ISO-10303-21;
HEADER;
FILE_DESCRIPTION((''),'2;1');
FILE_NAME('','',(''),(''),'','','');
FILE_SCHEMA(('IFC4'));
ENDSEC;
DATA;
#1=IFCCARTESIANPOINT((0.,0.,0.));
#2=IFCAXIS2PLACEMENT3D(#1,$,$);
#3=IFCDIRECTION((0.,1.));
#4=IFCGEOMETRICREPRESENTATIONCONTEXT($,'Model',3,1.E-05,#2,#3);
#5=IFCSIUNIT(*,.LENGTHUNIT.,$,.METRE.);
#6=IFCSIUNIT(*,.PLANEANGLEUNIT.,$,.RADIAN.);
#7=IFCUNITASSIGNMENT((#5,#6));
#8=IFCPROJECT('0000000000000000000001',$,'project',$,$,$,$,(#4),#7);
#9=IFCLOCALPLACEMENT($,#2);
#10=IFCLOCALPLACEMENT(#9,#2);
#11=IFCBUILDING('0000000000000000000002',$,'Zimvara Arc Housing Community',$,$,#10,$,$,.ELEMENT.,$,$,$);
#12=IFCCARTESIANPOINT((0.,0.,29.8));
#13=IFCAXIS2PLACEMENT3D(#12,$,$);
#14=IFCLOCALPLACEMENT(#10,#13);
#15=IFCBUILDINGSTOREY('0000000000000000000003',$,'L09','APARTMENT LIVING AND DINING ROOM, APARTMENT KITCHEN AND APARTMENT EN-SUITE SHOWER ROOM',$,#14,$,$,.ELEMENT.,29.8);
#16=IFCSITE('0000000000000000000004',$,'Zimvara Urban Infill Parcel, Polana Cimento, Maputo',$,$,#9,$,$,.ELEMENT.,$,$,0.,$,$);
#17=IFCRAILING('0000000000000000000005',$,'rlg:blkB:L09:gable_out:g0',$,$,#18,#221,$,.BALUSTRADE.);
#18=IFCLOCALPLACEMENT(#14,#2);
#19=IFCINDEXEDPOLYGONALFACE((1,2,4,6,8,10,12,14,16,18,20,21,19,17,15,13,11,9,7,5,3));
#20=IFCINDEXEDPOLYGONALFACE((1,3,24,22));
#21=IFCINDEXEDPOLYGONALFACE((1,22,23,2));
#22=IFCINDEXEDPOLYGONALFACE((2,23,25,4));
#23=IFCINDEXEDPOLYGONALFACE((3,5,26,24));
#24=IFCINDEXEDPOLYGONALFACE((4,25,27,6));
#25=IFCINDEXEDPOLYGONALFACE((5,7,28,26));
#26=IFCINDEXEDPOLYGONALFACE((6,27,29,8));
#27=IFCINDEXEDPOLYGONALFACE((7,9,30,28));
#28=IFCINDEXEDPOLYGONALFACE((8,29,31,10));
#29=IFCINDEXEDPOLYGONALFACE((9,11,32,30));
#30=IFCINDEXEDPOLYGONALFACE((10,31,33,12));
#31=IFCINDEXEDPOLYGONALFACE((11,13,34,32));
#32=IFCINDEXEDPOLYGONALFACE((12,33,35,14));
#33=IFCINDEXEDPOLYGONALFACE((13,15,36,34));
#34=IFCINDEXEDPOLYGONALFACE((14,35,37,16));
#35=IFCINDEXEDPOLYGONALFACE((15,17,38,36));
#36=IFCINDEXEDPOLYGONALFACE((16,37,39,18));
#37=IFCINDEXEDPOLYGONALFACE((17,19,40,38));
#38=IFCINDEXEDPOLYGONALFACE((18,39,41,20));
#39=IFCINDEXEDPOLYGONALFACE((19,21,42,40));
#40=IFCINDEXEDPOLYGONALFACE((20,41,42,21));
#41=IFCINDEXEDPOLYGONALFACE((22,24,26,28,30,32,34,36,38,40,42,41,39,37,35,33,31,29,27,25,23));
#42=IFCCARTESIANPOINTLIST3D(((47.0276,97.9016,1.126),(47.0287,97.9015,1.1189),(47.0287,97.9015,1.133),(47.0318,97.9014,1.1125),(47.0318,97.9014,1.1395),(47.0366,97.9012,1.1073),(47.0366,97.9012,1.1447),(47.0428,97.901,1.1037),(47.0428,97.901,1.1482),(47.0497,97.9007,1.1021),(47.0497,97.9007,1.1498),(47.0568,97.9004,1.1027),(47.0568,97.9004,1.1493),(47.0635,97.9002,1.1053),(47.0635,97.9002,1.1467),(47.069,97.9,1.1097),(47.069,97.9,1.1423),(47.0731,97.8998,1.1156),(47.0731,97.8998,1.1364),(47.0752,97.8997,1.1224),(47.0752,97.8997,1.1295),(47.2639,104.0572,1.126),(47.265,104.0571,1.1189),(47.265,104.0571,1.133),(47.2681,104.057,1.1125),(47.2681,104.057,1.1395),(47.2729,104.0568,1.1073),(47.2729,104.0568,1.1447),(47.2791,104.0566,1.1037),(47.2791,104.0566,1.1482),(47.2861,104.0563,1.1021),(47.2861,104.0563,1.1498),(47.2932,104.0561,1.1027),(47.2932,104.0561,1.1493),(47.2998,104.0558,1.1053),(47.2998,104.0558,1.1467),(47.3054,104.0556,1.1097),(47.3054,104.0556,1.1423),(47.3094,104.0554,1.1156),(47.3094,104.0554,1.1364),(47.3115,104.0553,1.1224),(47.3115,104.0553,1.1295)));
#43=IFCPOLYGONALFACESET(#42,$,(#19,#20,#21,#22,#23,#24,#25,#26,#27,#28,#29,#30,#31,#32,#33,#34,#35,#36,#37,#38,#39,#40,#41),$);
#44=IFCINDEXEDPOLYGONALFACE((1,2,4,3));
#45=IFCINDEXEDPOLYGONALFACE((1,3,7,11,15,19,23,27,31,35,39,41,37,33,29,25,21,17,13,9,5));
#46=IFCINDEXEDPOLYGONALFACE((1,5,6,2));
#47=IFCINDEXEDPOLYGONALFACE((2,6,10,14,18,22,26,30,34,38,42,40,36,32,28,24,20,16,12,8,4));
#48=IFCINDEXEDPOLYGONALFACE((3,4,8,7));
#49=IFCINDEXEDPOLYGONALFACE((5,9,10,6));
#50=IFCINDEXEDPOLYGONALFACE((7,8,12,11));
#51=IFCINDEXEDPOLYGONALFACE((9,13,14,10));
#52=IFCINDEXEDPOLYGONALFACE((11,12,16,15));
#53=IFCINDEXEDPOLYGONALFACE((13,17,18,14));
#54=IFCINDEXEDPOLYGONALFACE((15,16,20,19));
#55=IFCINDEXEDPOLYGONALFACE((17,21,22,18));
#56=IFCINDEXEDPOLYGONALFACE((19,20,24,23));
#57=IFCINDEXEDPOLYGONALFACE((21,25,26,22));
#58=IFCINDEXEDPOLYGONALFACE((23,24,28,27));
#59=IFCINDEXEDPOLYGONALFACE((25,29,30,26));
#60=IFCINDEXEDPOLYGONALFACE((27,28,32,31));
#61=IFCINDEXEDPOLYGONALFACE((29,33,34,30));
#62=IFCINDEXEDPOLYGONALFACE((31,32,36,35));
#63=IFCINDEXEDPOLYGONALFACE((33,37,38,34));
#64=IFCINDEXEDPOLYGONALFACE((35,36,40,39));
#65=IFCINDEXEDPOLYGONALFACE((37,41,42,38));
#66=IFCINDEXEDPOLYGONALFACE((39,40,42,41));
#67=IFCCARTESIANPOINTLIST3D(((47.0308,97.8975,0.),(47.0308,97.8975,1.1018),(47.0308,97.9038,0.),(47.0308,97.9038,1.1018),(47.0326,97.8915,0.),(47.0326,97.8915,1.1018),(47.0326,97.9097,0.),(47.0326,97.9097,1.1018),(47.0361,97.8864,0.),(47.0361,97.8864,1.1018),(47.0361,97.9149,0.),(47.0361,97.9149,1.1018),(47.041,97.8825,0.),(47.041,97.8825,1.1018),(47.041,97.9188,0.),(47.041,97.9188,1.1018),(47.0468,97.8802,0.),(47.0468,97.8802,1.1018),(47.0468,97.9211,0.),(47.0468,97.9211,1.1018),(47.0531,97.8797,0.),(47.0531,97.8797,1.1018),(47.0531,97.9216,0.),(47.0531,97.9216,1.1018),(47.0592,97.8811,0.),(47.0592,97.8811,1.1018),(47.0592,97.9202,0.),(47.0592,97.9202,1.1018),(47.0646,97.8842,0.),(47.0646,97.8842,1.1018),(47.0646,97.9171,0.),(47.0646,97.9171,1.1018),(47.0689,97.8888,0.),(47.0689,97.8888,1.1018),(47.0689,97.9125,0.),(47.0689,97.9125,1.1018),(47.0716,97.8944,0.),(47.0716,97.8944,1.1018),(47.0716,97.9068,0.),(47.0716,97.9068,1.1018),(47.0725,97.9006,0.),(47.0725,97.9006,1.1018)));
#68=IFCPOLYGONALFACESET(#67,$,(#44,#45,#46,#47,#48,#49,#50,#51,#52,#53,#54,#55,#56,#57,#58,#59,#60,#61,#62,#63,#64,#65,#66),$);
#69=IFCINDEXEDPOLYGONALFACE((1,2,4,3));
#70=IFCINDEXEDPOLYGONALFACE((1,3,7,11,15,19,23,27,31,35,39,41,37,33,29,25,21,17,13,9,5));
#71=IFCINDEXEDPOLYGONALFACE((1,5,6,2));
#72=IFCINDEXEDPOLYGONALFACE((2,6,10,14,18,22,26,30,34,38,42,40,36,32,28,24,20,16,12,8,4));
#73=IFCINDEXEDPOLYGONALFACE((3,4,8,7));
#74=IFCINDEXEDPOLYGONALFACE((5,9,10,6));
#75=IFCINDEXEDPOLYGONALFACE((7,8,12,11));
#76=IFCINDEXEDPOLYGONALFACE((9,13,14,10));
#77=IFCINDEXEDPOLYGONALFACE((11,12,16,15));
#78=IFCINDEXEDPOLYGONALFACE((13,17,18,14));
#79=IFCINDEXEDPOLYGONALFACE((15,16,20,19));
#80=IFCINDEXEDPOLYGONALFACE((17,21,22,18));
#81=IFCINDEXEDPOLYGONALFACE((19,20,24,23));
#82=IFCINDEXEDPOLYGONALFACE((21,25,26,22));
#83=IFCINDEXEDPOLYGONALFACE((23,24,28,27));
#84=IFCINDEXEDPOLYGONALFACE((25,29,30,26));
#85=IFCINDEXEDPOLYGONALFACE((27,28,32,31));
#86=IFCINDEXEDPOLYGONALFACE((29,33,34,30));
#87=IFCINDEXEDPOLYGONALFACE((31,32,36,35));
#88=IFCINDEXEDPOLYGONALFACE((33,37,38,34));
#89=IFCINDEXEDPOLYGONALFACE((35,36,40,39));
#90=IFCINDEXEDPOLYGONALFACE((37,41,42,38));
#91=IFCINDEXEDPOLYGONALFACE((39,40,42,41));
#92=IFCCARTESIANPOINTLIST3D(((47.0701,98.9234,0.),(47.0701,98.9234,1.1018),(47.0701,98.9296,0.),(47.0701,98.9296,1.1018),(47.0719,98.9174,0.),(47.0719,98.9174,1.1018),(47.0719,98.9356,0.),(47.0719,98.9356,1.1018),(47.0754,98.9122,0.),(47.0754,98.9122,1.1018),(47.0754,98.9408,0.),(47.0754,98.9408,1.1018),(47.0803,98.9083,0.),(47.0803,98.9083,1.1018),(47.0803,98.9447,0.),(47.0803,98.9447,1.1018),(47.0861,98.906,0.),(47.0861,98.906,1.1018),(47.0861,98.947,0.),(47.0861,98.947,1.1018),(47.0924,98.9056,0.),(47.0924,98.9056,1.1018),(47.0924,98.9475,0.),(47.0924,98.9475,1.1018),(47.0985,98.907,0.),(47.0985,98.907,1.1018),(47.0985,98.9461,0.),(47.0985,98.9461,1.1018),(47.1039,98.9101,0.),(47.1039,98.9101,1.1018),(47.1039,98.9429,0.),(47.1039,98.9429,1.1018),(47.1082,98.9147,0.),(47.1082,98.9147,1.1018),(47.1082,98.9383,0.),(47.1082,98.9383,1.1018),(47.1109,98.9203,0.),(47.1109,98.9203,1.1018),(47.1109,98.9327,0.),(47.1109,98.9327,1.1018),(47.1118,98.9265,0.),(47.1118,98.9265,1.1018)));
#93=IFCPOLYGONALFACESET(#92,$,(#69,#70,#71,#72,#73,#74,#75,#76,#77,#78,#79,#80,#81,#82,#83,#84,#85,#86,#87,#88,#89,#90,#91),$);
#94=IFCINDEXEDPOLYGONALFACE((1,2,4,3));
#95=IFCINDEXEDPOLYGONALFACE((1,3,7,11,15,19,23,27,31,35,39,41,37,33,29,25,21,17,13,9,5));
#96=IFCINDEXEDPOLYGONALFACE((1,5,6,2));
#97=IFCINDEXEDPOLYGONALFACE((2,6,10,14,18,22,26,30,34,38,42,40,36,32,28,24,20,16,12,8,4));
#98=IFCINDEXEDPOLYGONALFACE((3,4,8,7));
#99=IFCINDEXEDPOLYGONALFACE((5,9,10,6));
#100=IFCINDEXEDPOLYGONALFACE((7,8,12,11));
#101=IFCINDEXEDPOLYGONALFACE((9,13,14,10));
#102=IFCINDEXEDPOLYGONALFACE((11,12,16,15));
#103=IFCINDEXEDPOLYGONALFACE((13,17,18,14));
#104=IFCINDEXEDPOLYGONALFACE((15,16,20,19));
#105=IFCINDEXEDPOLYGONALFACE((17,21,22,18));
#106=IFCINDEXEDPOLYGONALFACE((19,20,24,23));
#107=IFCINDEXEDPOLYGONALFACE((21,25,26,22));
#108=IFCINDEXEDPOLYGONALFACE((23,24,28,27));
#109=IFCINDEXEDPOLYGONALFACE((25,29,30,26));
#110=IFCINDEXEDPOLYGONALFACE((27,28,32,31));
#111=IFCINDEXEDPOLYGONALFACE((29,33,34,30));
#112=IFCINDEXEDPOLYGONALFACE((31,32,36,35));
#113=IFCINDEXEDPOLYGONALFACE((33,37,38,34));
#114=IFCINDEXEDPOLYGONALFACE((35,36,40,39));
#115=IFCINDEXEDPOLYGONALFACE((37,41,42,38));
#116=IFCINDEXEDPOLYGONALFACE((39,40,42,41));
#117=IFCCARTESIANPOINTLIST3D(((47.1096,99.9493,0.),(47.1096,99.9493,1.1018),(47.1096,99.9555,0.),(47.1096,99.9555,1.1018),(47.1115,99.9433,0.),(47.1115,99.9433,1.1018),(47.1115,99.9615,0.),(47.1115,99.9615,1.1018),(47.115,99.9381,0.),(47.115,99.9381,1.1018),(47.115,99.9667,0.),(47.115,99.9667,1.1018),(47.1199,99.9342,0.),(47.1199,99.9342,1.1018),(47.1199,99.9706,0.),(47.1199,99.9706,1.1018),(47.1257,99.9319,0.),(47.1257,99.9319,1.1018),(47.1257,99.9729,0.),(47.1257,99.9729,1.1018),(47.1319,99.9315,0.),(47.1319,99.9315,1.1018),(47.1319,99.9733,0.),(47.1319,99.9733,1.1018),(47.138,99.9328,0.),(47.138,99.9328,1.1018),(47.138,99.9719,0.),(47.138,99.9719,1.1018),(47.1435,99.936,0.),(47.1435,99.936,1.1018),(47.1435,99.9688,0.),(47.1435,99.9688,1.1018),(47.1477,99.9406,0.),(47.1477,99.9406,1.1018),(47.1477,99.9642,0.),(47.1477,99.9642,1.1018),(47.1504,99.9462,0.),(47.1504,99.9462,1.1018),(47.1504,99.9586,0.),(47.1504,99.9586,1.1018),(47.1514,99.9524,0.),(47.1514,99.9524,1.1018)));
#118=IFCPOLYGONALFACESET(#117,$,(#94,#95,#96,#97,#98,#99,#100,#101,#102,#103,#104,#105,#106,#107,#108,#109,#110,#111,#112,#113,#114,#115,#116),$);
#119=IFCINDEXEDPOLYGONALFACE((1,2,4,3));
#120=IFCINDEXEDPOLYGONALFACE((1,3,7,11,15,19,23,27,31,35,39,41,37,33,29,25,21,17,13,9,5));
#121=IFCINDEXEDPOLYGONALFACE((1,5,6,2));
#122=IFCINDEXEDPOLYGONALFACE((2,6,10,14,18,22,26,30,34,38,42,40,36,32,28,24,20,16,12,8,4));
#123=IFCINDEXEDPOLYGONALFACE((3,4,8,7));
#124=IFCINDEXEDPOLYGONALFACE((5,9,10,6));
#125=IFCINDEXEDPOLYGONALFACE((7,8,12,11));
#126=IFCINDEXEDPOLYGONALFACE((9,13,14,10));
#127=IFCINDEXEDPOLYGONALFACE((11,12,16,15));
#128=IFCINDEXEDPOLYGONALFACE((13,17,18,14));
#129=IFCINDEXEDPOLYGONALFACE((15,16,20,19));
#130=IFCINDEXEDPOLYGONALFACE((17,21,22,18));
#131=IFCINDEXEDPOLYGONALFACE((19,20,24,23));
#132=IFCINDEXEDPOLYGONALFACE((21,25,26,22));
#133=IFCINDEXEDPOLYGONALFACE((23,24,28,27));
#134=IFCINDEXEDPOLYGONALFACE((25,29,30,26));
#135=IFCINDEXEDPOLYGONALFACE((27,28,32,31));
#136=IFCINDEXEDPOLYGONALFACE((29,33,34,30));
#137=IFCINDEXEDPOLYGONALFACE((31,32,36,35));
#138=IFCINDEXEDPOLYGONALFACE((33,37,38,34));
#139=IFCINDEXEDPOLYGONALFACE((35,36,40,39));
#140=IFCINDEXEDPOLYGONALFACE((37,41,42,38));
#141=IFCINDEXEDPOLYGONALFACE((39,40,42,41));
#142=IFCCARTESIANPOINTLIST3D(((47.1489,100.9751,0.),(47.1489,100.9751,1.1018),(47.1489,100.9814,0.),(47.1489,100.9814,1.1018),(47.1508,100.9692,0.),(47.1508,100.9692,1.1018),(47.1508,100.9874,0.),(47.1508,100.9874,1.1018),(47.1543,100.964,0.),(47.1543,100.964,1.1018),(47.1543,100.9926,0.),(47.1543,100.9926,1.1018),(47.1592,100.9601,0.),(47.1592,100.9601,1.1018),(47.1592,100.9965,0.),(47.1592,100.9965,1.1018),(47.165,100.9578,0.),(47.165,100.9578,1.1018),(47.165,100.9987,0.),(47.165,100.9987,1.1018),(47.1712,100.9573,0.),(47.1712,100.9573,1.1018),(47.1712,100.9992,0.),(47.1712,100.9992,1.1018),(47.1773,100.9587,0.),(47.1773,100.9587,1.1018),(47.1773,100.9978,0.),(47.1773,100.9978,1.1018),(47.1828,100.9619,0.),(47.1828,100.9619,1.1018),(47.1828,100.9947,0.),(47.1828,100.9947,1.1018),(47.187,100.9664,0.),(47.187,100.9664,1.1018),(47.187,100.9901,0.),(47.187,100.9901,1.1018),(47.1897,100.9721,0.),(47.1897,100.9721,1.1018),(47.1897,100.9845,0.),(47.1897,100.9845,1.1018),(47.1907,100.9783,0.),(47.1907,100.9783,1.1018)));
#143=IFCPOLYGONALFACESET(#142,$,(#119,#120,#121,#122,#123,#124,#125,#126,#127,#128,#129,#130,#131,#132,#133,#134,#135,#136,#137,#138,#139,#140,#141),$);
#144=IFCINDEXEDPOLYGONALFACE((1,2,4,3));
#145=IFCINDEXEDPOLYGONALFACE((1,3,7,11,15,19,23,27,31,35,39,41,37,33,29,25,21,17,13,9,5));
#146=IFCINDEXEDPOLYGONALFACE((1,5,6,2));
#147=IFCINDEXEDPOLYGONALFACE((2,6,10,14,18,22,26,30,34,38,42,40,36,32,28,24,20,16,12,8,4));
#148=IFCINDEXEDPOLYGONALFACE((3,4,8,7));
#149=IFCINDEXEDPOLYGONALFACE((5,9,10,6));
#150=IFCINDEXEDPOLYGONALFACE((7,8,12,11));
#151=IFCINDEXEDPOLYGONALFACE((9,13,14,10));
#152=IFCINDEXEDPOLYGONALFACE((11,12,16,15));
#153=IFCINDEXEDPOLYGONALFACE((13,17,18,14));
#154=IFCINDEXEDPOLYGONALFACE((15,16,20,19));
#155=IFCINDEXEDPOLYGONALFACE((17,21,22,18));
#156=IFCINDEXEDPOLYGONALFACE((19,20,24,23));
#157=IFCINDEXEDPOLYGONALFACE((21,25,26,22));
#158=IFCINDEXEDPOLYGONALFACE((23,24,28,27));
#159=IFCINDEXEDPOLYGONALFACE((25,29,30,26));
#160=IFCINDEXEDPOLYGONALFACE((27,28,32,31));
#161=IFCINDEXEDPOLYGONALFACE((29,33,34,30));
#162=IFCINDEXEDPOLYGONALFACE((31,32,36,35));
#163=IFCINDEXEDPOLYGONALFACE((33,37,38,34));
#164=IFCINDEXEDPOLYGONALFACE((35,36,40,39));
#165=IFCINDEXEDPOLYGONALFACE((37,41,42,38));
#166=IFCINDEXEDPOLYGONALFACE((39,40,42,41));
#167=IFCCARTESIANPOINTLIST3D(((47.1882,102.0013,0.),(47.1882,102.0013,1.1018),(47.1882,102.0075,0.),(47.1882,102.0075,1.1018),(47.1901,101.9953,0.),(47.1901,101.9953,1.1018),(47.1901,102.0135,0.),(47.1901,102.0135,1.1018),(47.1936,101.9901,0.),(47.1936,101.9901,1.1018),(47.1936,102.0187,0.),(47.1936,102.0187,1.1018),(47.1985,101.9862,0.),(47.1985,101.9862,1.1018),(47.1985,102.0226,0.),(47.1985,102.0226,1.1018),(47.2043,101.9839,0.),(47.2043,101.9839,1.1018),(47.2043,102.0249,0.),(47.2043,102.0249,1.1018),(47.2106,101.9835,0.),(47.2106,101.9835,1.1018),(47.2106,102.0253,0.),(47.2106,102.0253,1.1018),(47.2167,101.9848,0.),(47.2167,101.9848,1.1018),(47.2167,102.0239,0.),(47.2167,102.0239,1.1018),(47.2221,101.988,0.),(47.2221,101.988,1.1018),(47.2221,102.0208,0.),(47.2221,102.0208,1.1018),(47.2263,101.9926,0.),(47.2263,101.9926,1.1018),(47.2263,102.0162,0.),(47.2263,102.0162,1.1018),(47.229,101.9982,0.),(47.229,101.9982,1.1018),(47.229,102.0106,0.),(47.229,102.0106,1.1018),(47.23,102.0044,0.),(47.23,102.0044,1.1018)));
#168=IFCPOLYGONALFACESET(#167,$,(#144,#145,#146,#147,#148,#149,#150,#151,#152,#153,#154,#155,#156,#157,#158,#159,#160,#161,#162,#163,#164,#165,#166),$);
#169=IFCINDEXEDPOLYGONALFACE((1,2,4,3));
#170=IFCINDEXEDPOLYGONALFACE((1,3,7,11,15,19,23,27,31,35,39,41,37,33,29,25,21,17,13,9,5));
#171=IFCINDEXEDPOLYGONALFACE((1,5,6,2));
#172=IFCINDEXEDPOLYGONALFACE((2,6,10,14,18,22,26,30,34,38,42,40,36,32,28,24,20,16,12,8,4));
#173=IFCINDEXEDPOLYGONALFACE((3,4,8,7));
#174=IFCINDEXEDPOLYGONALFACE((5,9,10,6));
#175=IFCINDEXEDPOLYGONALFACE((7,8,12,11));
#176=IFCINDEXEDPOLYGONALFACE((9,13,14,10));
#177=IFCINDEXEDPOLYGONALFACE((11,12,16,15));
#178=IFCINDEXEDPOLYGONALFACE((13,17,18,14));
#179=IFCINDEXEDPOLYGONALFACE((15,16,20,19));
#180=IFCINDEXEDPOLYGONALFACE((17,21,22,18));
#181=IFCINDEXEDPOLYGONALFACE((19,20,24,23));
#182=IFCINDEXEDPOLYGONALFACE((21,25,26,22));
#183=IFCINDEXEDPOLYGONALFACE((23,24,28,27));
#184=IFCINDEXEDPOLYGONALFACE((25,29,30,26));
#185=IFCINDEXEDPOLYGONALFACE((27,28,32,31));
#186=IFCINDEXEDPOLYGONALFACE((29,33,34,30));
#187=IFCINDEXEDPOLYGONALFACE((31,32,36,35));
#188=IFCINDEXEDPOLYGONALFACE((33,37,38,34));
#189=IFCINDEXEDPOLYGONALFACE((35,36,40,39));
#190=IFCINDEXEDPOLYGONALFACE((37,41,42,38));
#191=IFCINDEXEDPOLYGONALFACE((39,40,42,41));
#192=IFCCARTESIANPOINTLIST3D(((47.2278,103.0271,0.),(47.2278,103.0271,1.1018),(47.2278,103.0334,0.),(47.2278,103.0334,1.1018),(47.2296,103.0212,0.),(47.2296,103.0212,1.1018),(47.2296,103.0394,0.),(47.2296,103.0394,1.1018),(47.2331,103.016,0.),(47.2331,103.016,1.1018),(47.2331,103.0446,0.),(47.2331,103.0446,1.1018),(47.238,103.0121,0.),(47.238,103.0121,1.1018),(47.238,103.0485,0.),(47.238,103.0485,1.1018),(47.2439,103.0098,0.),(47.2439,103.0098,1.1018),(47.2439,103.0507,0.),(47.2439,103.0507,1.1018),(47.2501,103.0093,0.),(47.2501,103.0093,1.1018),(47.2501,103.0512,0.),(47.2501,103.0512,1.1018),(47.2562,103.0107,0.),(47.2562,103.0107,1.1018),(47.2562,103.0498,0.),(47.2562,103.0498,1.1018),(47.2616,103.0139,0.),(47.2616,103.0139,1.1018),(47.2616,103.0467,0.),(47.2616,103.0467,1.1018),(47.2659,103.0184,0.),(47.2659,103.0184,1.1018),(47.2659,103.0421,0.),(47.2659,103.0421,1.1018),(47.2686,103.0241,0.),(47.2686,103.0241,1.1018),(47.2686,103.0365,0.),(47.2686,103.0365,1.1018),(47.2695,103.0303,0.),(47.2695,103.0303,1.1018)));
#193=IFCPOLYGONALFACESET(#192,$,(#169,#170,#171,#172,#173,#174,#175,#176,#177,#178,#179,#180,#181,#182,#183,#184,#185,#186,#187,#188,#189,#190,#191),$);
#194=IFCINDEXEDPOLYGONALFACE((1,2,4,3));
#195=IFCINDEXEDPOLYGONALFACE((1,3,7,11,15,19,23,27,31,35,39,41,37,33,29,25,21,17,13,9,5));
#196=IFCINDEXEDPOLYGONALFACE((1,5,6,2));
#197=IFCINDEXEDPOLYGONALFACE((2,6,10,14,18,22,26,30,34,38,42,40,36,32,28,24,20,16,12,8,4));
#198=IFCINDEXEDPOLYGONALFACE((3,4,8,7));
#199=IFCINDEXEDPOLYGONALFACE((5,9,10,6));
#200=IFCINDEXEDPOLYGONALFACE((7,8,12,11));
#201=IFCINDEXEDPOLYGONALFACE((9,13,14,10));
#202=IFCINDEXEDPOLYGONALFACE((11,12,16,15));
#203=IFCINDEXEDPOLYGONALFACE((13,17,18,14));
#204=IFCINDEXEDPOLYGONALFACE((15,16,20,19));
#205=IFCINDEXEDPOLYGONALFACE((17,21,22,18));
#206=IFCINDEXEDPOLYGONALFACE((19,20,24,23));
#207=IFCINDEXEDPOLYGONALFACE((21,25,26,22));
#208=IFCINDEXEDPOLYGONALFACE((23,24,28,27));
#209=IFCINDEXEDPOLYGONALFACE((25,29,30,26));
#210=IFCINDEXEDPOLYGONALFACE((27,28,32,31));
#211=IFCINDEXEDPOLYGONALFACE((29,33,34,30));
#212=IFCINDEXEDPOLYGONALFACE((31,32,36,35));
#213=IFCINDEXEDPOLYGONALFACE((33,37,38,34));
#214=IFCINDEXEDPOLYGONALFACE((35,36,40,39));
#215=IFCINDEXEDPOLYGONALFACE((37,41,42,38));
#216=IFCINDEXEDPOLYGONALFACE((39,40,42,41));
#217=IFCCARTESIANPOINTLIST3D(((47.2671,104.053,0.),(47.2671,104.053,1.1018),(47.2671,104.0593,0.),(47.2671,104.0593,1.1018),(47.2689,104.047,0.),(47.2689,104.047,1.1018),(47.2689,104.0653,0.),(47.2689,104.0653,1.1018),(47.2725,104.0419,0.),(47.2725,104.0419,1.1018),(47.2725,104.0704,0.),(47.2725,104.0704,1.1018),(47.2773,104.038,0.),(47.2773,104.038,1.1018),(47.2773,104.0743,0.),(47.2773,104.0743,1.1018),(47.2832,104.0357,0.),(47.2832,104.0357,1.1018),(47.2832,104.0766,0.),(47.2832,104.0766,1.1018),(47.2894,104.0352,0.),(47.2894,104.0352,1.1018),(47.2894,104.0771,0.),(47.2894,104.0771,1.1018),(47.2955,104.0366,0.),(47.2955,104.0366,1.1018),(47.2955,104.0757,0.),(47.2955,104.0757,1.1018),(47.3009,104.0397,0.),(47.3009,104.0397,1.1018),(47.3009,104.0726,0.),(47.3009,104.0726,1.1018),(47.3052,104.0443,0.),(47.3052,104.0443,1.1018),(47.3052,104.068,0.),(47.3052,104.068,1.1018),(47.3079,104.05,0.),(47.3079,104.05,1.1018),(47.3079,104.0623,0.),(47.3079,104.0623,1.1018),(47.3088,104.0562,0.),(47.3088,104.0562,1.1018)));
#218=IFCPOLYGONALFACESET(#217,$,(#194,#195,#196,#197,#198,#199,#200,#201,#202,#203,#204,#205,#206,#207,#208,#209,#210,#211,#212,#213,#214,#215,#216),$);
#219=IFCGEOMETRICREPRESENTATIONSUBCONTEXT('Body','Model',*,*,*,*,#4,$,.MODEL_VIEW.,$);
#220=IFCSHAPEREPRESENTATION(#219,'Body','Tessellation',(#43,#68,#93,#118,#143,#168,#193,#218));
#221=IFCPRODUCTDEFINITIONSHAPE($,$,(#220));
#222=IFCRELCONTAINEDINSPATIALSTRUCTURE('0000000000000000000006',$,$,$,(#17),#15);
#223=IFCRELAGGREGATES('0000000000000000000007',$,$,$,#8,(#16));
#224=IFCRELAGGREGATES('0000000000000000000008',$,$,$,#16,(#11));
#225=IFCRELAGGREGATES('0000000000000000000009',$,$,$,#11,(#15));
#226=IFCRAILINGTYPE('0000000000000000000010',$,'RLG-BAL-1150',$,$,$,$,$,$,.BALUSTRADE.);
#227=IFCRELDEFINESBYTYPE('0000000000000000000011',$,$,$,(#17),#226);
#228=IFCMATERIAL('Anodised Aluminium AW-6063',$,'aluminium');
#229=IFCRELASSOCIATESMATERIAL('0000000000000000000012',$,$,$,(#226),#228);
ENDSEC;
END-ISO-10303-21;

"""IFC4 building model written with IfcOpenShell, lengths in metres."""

from ifc_helpers import new_model, si_unit, direction, frame, origin, origin_2d, place, context, subcontext, project, spatial, circle, extrude, material, type_object, element, save


model = new_model("IFC4")

# Units and contexts
model_context = context("Model", 3, precision=1e-05, world=origin(), true_north=direction((0.0, 1.0)))
body_context = subcontext(model_context, "Body", "Model", "MODEL_VIEW")
ifc_project = project(units=[si_unit("LENGTHUNIT", "METRE"), si_unit("PLANEANGLEUNIT", "RADIAN")], contexts=[model_context])

# Site, building, storey
site_placement = place(None, origin())
site = spatial("IfcSite", under=ifc_project, at=site_placement, Name="Zimvara Urban Infill Parcel, Polana Cimento, Maputo", CompositionType="ELEMENT", RefElevation=0.0)
building_placement = place(site_placement, origin())
building = spatial("IfcBuilding", under=site, at=building_placement, Name="Zimvara Arc Housing Community", CompositionType="ELEMENT")
storey_placement = place(building_placement, frame((0.0, 0.0, 29.8)))
storey = spatial("IfcBuildingStorey", under=building, at=storey_placement, Name="L09", Description="APARTMENT LIVING AND DINING ROOM, APARTMENT KITCHEN AND APARTMENT EN-SUITE SHOWER ROOM", CompositionType="ELEMENT", Elevation=29.8)

# Railing
ifc_material_1 = material(Name="Anodised Aluminium AW-6063", Category="aluminium")
railing_type = type_object("IfcRailingType", Name="RLG-BAL-1150", PredefinedType="BALUSTRADE", material=ifc_material_1)
railing_placement = place(storey_placement, frame((47.0515, 97.9006, 0.0)))
element("IfcRailing", 1, at=railing_placement, inside=storey, type_object=railing_type, Name="rlg:blkB:L09:gable_out:g0", PredefinedType="BALUSTRADE", context=body_context, shape_type="SweptSolid", body=[
    extrude(circle(Radius=0.0239, at=origin_2d()), frame((0.0, 0.0, 1.126), z_axis=(0.038365, 0.999264, 0.0), x_axis=(-0.999264, 0.038365, 0.0)), (0.0, 0.0, 1.0), 6.1602),
    extrude(circle(Radius=0.021, at=origin_2d()), origin(), (0.0, 0.0, 1.0), 1.1018),
    extrude(circle(Radius=0.021, at=origin_2d()), frame((0.0393, 1.0259, 0.0)), (0.0, 0.0, 1.0), 1.1018),
    extrude(circle(Radius=0.021, at=origin_2d()), frame((0.0789, 2.0518, 0.0)), (0.0, 0.0, 1.0), 1.1018),
    extrude(circle(Radius=0.021, at=origin_2d()), frame((0.1182, 3.0776, 0.0)), (0.0, 0.0, 1.0), 1.1018),
    extrude(circle(Radius=0.021, at=origin_2d()), frame((0.1575, 4.1038, 0.0)), (0.0, 0.0, 1.0), 1.1018),
    extrude(circle(Radius=0.021, at=origin_2d()), frame((0.197, 5.1296, 0.0)), (0.0, 0.0, 1.0), 1.1018),
    extrude(circle(Radius=0.021, at=origin_2d()), frame((0.2363, 6.1555, 0.0)), (0.0, 0.0, 1.0), 1.1018),
])

save(model, "model.ifc")
